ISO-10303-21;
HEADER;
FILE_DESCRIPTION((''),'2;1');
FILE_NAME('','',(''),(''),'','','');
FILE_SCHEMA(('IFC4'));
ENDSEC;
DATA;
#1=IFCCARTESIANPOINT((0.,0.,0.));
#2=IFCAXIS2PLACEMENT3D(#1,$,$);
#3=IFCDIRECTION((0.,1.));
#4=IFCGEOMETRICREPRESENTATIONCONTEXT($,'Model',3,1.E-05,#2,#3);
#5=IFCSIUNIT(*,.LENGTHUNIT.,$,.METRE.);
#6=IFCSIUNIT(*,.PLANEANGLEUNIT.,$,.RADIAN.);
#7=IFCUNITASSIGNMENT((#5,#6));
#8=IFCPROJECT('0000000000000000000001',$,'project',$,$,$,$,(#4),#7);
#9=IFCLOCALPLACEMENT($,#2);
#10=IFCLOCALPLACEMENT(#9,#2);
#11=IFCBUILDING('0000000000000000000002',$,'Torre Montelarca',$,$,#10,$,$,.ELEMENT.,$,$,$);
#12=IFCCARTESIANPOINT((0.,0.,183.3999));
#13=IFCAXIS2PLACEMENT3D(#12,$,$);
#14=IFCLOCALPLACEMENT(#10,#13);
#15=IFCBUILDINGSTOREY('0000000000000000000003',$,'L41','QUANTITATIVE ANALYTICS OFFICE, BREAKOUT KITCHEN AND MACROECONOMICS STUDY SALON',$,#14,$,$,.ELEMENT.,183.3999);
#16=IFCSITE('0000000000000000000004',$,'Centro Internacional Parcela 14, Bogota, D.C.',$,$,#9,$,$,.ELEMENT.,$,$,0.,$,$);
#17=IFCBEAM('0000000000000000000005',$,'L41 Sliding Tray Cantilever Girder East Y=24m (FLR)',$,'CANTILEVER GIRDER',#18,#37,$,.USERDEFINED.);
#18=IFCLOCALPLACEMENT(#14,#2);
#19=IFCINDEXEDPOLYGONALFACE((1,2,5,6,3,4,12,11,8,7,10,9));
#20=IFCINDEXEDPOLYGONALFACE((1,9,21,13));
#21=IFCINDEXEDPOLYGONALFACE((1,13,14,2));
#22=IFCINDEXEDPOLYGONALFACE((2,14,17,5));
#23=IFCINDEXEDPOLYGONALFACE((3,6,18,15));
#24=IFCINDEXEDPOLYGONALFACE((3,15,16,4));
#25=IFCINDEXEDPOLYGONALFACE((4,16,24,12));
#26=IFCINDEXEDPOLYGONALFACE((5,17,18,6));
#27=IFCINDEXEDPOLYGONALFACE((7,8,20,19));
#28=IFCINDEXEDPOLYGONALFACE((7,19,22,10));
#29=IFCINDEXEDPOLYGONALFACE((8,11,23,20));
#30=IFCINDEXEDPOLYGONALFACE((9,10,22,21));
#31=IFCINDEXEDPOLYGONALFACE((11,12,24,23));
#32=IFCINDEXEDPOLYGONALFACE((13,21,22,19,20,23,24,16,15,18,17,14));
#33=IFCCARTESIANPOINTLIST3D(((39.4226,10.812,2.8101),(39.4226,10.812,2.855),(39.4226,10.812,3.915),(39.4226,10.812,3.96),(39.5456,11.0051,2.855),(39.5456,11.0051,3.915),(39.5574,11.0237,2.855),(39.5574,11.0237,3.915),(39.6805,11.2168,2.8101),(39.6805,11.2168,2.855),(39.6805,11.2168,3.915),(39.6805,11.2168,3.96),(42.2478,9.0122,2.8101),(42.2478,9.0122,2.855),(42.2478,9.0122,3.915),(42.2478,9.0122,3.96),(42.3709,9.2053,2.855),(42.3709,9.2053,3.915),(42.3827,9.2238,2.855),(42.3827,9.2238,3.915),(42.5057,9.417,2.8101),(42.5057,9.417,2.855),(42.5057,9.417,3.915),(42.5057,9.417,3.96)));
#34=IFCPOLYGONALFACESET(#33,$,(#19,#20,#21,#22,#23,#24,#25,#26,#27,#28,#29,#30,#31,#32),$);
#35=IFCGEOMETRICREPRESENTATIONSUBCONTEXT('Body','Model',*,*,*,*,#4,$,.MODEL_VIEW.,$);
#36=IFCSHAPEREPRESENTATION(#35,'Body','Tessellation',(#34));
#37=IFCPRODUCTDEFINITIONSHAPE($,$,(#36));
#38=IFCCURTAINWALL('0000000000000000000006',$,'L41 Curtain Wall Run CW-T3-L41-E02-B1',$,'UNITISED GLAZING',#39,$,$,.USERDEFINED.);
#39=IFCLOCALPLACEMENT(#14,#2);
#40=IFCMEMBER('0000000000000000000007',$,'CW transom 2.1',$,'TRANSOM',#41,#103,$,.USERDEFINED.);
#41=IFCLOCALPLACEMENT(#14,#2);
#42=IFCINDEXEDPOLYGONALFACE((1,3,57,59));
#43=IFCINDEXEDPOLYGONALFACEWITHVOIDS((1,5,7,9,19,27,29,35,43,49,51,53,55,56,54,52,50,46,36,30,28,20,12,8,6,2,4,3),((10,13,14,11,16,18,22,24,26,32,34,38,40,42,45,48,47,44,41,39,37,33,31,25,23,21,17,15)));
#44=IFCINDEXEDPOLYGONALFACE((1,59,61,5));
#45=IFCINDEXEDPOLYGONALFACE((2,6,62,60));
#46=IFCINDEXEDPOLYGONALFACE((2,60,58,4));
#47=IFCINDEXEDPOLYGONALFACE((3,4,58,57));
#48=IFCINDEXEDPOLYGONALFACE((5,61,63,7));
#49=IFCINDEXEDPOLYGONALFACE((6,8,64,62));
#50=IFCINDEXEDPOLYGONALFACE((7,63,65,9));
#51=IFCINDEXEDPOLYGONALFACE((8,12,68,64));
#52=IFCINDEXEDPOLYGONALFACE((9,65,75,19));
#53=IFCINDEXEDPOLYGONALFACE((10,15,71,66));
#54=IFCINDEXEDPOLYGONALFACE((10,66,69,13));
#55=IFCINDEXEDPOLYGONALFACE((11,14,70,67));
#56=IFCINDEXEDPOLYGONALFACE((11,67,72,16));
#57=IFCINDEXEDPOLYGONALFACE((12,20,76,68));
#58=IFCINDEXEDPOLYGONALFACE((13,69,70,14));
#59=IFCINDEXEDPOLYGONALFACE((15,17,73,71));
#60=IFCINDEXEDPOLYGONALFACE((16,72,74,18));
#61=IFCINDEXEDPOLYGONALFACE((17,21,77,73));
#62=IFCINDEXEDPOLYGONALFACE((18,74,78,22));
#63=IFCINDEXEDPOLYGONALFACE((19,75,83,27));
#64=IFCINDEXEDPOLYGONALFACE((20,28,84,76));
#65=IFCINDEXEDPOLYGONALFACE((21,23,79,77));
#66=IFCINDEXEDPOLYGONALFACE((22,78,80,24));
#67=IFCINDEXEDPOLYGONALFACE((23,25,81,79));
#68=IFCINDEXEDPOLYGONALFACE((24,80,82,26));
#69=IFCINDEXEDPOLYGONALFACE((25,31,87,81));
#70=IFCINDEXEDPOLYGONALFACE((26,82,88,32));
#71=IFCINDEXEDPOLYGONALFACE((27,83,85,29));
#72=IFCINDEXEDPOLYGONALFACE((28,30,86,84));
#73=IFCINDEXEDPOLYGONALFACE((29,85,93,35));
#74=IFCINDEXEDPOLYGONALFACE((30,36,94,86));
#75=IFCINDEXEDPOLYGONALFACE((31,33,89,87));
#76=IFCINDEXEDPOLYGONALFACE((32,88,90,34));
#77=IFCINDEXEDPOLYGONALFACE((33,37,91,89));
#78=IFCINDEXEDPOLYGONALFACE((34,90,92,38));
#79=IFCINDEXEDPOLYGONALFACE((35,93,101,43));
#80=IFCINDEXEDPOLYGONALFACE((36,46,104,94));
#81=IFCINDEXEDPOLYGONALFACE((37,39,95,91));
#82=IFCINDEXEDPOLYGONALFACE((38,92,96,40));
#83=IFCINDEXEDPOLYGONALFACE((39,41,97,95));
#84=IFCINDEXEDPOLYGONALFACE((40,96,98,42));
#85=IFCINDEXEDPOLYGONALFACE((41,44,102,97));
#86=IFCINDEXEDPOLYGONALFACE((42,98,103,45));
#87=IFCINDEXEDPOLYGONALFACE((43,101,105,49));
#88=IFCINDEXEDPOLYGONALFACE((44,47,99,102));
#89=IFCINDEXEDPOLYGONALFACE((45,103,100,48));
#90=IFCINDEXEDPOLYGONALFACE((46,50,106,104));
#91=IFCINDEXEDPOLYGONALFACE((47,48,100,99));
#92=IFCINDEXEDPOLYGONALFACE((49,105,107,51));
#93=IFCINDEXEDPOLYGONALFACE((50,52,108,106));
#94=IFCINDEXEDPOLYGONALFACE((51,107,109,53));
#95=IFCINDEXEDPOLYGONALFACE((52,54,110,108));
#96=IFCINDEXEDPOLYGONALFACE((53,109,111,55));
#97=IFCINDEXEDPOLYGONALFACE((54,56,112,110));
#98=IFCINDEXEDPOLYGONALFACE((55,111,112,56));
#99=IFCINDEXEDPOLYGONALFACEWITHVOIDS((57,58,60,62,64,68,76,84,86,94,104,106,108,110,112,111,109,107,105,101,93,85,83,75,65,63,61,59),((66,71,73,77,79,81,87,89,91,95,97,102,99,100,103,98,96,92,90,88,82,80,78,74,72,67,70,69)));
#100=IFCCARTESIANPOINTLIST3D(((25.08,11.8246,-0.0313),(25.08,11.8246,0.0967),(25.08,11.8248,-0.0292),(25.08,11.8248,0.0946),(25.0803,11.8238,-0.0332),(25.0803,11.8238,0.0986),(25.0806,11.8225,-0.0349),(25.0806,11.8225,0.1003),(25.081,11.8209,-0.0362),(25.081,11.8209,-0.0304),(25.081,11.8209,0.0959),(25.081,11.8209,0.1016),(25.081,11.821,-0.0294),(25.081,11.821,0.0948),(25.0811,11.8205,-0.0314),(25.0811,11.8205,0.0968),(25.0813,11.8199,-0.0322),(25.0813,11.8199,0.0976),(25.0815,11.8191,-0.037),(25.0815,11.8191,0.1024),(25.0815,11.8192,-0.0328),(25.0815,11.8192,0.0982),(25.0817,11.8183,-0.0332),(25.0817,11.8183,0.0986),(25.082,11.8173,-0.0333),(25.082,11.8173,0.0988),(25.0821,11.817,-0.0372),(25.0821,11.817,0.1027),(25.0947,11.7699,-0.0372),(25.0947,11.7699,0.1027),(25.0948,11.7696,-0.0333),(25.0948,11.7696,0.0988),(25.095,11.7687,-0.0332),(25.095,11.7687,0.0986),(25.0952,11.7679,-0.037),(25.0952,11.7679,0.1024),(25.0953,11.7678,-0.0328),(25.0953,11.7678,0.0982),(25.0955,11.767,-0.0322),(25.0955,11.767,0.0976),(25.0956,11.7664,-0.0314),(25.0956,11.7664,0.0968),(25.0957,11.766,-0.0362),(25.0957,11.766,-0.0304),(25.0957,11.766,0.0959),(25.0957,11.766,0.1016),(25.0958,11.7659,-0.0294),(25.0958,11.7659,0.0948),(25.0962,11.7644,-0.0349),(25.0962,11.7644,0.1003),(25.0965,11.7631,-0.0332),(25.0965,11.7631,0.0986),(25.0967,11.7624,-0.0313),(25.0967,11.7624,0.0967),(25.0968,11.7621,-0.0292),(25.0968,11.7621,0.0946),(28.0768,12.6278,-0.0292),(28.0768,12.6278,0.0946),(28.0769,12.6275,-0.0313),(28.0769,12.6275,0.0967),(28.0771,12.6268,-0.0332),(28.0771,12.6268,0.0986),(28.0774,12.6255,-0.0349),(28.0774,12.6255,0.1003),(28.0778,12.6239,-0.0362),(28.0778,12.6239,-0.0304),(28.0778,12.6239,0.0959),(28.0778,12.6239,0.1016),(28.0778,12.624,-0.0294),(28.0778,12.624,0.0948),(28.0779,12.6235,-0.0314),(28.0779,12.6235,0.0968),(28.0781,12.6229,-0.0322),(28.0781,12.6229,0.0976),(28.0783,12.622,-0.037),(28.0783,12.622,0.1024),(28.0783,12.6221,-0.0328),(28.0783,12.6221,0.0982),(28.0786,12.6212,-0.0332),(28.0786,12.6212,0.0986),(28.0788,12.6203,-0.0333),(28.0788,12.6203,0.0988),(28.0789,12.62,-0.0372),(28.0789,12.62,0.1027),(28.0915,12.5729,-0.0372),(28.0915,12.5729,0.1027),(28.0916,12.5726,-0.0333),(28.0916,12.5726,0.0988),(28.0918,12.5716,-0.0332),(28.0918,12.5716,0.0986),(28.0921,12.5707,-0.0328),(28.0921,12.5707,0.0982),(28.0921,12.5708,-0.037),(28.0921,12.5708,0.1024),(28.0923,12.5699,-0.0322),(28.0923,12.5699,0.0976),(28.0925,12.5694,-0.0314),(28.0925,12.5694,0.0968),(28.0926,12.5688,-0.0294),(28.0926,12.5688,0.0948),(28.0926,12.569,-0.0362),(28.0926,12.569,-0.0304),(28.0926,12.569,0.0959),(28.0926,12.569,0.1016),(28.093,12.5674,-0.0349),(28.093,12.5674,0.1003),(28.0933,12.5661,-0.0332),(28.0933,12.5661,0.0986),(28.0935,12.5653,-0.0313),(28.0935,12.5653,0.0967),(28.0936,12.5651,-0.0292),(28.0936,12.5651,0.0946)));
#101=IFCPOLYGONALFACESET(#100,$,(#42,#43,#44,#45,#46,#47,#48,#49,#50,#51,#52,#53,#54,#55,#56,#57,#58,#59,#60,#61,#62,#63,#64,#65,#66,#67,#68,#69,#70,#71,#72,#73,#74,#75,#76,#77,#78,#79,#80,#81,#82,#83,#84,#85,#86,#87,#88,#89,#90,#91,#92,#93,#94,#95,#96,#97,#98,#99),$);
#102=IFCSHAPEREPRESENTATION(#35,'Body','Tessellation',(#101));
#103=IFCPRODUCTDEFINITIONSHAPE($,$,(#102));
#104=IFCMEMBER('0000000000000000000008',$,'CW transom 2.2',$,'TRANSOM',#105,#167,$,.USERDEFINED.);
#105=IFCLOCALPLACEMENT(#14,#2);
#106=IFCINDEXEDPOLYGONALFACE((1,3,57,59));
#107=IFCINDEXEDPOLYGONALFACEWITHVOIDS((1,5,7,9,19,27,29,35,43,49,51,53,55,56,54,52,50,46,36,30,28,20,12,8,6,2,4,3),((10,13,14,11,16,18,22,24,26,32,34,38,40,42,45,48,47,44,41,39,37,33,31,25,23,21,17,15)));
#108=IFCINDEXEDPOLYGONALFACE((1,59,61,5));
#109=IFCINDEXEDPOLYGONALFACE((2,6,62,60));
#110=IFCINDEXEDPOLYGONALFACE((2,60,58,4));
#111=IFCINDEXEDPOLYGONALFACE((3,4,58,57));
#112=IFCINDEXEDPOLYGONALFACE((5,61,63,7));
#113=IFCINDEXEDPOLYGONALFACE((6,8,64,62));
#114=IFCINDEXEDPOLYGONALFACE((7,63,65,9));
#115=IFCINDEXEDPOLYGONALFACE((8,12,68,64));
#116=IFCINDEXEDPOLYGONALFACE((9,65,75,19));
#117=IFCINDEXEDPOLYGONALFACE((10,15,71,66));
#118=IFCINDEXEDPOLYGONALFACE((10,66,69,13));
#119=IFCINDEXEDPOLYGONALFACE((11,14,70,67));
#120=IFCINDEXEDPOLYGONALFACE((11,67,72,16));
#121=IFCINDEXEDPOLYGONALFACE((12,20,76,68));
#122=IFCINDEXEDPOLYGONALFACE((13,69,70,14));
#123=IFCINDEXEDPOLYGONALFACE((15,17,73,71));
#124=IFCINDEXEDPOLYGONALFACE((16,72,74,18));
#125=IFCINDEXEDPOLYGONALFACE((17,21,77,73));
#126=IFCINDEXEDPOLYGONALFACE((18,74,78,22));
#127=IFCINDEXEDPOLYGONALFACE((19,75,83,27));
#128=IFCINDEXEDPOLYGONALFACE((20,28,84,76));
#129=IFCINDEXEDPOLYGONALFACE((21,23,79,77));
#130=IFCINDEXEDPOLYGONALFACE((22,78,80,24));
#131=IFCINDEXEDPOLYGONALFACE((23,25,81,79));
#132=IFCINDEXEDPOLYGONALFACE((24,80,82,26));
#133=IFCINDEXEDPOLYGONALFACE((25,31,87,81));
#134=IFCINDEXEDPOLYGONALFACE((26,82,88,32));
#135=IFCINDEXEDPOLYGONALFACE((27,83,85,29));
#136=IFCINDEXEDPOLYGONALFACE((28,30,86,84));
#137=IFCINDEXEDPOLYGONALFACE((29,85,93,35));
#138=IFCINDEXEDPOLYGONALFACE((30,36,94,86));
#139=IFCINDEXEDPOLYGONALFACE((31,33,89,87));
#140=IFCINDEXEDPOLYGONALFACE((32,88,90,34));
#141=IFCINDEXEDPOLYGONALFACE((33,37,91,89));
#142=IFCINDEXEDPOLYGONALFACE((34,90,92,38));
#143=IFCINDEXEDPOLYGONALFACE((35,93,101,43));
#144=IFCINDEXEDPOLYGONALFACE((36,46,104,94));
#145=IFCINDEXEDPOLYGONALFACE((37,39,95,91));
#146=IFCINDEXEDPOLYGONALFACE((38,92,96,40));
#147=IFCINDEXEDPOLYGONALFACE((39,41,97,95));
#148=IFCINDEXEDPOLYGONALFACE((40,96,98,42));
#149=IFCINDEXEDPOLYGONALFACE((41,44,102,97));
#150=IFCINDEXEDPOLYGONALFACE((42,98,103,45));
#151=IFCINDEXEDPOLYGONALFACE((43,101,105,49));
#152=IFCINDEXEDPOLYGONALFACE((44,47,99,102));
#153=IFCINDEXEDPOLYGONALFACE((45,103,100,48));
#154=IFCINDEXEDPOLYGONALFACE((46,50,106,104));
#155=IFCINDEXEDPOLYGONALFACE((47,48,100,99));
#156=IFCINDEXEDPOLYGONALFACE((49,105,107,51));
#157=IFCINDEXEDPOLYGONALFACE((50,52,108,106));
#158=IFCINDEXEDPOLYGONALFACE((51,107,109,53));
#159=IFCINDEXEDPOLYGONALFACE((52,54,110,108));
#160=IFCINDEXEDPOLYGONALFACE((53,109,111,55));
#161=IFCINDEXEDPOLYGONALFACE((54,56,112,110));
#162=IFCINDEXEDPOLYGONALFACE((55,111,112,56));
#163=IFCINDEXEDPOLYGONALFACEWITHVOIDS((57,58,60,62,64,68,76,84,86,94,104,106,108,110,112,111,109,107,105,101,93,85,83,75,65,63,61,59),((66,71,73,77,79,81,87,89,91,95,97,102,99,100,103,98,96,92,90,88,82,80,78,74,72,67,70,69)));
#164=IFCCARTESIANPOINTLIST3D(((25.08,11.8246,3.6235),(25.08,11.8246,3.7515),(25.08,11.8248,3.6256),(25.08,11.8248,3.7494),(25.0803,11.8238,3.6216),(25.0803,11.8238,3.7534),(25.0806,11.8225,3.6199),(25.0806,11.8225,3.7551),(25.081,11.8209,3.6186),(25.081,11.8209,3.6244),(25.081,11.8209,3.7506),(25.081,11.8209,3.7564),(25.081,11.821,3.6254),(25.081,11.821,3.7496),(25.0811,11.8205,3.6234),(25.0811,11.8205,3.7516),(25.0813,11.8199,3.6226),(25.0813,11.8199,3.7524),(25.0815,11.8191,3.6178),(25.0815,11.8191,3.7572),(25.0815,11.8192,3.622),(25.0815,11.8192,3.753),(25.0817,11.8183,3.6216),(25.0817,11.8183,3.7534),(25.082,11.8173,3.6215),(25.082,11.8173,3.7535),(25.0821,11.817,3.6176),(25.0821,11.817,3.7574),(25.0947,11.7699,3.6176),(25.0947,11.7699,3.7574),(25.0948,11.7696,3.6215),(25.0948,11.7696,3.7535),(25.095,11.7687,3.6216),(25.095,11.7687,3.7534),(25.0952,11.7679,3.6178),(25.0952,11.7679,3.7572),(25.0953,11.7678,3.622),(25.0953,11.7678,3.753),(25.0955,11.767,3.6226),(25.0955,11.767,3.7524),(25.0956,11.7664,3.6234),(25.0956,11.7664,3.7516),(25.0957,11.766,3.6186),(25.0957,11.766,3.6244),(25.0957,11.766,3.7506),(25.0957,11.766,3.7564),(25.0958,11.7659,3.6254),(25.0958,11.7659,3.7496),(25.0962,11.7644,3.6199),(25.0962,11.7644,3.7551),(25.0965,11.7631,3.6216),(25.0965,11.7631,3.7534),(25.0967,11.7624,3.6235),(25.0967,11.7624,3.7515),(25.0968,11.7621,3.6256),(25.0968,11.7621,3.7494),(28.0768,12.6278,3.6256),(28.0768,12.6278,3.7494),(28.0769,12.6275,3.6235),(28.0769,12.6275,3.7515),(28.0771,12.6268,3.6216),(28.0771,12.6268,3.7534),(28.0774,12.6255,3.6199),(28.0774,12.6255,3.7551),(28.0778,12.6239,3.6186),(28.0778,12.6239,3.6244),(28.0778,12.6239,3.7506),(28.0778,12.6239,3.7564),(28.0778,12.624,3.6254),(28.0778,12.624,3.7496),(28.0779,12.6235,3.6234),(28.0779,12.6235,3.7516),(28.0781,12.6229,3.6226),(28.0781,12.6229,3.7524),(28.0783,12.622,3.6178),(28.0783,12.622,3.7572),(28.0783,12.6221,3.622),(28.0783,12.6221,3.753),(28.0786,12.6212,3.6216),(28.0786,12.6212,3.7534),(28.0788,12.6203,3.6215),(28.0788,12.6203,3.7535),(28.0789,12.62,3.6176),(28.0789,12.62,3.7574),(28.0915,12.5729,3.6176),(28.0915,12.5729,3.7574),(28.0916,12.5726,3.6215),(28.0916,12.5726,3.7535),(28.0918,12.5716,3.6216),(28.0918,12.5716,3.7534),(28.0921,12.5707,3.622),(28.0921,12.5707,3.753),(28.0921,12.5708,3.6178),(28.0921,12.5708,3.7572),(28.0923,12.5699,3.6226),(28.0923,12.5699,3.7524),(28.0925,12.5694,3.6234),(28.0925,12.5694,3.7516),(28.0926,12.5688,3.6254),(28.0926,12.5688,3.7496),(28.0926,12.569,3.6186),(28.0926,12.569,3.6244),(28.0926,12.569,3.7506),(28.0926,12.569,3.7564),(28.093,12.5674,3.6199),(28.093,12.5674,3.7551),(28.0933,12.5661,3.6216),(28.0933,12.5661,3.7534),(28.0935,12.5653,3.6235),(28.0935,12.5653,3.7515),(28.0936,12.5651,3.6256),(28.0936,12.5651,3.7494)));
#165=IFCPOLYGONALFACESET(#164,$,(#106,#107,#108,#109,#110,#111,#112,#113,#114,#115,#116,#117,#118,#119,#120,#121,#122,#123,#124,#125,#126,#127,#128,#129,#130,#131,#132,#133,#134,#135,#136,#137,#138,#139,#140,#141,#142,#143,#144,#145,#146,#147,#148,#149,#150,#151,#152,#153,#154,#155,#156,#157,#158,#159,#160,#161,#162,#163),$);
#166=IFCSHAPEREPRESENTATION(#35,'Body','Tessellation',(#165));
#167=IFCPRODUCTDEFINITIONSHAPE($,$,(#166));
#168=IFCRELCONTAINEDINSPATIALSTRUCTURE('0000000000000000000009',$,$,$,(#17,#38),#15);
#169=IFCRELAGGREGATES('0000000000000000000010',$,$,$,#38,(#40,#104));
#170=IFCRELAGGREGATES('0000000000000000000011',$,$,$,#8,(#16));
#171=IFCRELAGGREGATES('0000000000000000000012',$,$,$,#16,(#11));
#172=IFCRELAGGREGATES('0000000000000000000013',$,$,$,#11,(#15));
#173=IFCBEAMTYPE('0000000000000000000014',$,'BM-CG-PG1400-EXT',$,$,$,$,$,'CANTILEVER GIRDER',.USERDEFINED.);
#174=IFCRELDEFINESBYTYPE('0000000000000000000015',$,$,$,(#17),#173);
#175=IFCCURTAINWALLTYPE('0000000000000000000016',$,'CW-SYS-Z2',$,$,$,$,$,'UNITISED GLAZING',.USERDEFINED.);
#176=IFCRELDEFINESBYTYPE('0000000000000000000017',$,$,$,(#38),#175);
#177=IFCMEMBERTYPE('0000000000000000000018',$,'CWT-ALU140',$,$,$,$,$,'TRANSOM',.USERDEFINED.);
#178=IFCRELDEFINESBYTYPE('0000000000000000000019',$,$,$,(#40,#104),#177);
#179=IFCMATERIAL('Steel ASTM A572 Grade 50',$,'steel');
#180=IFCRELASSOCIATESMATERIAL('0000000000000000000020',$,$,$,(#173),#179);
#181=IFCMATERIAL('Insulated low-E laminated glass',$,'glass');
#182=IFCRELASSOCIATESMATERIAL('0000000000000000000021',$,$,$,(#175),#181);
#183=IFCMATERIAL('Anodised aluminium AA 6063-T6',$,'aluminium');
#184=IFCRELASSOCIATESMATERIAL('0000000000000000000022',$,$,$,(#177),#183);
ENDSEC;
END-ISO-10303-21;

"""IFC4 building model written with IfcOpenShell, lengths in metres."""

from ifc_helpers import new_model, si_unit, direction, frame, origin, origin_2d, place, context, subcontext, project, spatial, hollow_rectangle, i_section, extrude, source, transform, mapped, material, material_profile, profile_set, type_object, element, aggregate, save


model = new_model("IFC4")

# Units and contexts
model_context = context("Model", 3, precision=1e-05, world=origin(), true_north=direction((0.0, 1.0)))
body_context = subcontext(model_context, "Body", "Model", "MODEL_VIEW")
ifc_project = project(units=[si_unit("LENGTHUNIT", "METRE"), si_unit("PLANEANGLEUNIT", "RADIAN")], contexts=[model_context])

# Site, building, storey
site_placement = place(None, origin())
site = spatial("IfcSite", under=ifc_project, at=site_placement, Name="Centro Internacional Parcela 14, Bogota, D.C.", CompositionType="ELEMENT", RefElevation=0.0)
building_placement = place(site_placement, origin())
building = spatial("IfcBuilding", under=site, at=building_placement, Name="Torre Montelarca", CompositionType="ELEMENT")
storey_placement = place(building_placement, frame((0.0, 0.0, 183.3999)))
storey = spatial("IfcBuildingStorey", under=building, at=storey_placement, Name="L41", Description="QUANTITATIVE ANALYTICS OFFICE, BREAKOUT KITCHEN AND MACROECONOMICS STUDY SALON", CompositionType="ELEMENT", Elevation=183.3999)

# Beam
ifc_material_1 = material(Name="Steel ASTM A572 Grade 50", Category="steel")
ifc_material_profile_1 = material_profile(ifc_material_1, i_section(OverallWidth=0.48, OverallDepth=1.1499, WebThickness=0.022, FlangeThickness=0.0449, at=origin_2d()), Name="PG1150X480X22X45", Category="steel")
ifc_profile_set_1 = profile_set([ifc_material_profile_1], Name="Steel ASTM A572 Grade 50")
beam_type = type_object("IfcBeamType", Name="BM-CG-PG1400-EXT", ElementType="CANTILEVER GIRDER", PredefinedType="USERDEFINED", material=ifc_profile_set_1)
shared_shape_1 = source(origin(), body_context, "Body", "SweptSolid", [
    extrude(i_section(OverallWidth=0.48, OverallDepth=1.1499, WebThickness=0.022, FlangeThickness=0.0449, at=origin_2d()), origin(), (0.0, 0.0, 1.0), 3.3499),
])
beam_placement = place(storey_placement, frame((39.5515, 11.0144, 3.385), z_axis=(0.843397, -0.53729, 0.0), x_axis=(0.53729, 0.843397, 0.0)))
element("IfcBeam", 1, at=beam_placement, inside=storey, type_object=beam_type, Name="L41 Sliding Tray Cantilever Girder East Y=24m (FLR)", ObjectType="CANTILEVER GIRDER", PredefinedType="USERDEFINED", context=body_context, shape_type="MappedRepresentation", body=[
    mapped(shared_shape_1, transform((0.0, 0.0, 0.0), scale=1.0)),
])

# Curtain wall, members
ifc_material_2 = material(Name="Insulated low-E laminated glass", Category="glass")
curtain_wall_type = type_object("IfcCurtainWallType", Name="CW-SYS-Z2", ElementType="UNITISED GLAZING", PredefinedType="USERDEFINED", material=ifc_material_2)
curtain_wall_1_placement = place(storey_placement, origin())
curtain_wall_1 = element("IfcCurtainWall", 2, at=curtain_wall_1_placement, inside=storey, type_object=curtain_wall_type, Name="L41 Curtain Wall Run CW-T3-L41-E02-B1", ObjectType="UNITISED GLAZING", PredefinedType="USERDEFINED")
ifc_material_3 = material(Name="Anodised aluminium AA 6063-T6", Category="aluminium")
ifc_material_profile_2 = material_profile(ifc_material_3, hollow_rectangle(XDim=0.0649, YDim=0.1399, WallThickness=0.0039, InnerFilletRadius=0.0039, OuterFilletRadius=0.0081, at=origin_2d()), Name="ALU65X140X4", Category="aluminium")
ifc_profile_set_2 = profile_set([ifc_material_profile_2], Name="Anodised aluminium AA 6063-T6")
member_type_1 = type_object("IfcMemberType", Name="CWT-ALU140", ElementType="TRANSOM", PredefinedType="USERDEFINED", material=ifc_profile_set_2)
shared_shape_2 = source(origin(), body_context, "Body", "SweptSolid", [
    extrude(hollow_rectangle(XDim=0.0649, YDim=0.1399, WallThickness=0.0039, InnerFilletRadius=0.0039, OuterFilletRadius=0.0081, at=origin_2d()), origin(), (0.0, 0.0, 1.0), 3.1025),
])
member_1_placement = place(storey_placement, frame((25.0884, 11.7935, 0.0327), z_axis=(0.965927, 0.258813, 0.0), x_axis=(-0.258813, 0.965927, 0.0)))
member_1 = element("IfcMember", 3, at=member_1_placement, type_object=member_type_1, Name="CW transom 2.1", ObjectType="TRANSOM", PredefinedType="USERDEFINED", context=body_context, shape_type="MappedRepresentation", body=[
    mapped(shared_shape_2, transform((0.0, 0.0, 0.0), scale=1.0)),
])
member_2_placement = place(storey_placement, frame((25.0884, 11.7935, 3.6875), z_axis=(0.965927, 0.258813, 0.0), x_axis=(-0.258813, 0.965927, 0.0)))
member_2 = element("IfcMember", 4, at=member_2_placement, type_object=member_type_1, Name="CW transom 2.2", ObjectType="TRANSOM", PredefinedType="USERDEFINED", context=body_context, shape_type="MappedRepresentation", body=[
    mapped(shared_shape_2, transform((0.0, 0.0, 0.0), scale=1.0)),
])

aggregate(curtain_wall_1, [member_1, member_2])

save(model, "model.ifc")
